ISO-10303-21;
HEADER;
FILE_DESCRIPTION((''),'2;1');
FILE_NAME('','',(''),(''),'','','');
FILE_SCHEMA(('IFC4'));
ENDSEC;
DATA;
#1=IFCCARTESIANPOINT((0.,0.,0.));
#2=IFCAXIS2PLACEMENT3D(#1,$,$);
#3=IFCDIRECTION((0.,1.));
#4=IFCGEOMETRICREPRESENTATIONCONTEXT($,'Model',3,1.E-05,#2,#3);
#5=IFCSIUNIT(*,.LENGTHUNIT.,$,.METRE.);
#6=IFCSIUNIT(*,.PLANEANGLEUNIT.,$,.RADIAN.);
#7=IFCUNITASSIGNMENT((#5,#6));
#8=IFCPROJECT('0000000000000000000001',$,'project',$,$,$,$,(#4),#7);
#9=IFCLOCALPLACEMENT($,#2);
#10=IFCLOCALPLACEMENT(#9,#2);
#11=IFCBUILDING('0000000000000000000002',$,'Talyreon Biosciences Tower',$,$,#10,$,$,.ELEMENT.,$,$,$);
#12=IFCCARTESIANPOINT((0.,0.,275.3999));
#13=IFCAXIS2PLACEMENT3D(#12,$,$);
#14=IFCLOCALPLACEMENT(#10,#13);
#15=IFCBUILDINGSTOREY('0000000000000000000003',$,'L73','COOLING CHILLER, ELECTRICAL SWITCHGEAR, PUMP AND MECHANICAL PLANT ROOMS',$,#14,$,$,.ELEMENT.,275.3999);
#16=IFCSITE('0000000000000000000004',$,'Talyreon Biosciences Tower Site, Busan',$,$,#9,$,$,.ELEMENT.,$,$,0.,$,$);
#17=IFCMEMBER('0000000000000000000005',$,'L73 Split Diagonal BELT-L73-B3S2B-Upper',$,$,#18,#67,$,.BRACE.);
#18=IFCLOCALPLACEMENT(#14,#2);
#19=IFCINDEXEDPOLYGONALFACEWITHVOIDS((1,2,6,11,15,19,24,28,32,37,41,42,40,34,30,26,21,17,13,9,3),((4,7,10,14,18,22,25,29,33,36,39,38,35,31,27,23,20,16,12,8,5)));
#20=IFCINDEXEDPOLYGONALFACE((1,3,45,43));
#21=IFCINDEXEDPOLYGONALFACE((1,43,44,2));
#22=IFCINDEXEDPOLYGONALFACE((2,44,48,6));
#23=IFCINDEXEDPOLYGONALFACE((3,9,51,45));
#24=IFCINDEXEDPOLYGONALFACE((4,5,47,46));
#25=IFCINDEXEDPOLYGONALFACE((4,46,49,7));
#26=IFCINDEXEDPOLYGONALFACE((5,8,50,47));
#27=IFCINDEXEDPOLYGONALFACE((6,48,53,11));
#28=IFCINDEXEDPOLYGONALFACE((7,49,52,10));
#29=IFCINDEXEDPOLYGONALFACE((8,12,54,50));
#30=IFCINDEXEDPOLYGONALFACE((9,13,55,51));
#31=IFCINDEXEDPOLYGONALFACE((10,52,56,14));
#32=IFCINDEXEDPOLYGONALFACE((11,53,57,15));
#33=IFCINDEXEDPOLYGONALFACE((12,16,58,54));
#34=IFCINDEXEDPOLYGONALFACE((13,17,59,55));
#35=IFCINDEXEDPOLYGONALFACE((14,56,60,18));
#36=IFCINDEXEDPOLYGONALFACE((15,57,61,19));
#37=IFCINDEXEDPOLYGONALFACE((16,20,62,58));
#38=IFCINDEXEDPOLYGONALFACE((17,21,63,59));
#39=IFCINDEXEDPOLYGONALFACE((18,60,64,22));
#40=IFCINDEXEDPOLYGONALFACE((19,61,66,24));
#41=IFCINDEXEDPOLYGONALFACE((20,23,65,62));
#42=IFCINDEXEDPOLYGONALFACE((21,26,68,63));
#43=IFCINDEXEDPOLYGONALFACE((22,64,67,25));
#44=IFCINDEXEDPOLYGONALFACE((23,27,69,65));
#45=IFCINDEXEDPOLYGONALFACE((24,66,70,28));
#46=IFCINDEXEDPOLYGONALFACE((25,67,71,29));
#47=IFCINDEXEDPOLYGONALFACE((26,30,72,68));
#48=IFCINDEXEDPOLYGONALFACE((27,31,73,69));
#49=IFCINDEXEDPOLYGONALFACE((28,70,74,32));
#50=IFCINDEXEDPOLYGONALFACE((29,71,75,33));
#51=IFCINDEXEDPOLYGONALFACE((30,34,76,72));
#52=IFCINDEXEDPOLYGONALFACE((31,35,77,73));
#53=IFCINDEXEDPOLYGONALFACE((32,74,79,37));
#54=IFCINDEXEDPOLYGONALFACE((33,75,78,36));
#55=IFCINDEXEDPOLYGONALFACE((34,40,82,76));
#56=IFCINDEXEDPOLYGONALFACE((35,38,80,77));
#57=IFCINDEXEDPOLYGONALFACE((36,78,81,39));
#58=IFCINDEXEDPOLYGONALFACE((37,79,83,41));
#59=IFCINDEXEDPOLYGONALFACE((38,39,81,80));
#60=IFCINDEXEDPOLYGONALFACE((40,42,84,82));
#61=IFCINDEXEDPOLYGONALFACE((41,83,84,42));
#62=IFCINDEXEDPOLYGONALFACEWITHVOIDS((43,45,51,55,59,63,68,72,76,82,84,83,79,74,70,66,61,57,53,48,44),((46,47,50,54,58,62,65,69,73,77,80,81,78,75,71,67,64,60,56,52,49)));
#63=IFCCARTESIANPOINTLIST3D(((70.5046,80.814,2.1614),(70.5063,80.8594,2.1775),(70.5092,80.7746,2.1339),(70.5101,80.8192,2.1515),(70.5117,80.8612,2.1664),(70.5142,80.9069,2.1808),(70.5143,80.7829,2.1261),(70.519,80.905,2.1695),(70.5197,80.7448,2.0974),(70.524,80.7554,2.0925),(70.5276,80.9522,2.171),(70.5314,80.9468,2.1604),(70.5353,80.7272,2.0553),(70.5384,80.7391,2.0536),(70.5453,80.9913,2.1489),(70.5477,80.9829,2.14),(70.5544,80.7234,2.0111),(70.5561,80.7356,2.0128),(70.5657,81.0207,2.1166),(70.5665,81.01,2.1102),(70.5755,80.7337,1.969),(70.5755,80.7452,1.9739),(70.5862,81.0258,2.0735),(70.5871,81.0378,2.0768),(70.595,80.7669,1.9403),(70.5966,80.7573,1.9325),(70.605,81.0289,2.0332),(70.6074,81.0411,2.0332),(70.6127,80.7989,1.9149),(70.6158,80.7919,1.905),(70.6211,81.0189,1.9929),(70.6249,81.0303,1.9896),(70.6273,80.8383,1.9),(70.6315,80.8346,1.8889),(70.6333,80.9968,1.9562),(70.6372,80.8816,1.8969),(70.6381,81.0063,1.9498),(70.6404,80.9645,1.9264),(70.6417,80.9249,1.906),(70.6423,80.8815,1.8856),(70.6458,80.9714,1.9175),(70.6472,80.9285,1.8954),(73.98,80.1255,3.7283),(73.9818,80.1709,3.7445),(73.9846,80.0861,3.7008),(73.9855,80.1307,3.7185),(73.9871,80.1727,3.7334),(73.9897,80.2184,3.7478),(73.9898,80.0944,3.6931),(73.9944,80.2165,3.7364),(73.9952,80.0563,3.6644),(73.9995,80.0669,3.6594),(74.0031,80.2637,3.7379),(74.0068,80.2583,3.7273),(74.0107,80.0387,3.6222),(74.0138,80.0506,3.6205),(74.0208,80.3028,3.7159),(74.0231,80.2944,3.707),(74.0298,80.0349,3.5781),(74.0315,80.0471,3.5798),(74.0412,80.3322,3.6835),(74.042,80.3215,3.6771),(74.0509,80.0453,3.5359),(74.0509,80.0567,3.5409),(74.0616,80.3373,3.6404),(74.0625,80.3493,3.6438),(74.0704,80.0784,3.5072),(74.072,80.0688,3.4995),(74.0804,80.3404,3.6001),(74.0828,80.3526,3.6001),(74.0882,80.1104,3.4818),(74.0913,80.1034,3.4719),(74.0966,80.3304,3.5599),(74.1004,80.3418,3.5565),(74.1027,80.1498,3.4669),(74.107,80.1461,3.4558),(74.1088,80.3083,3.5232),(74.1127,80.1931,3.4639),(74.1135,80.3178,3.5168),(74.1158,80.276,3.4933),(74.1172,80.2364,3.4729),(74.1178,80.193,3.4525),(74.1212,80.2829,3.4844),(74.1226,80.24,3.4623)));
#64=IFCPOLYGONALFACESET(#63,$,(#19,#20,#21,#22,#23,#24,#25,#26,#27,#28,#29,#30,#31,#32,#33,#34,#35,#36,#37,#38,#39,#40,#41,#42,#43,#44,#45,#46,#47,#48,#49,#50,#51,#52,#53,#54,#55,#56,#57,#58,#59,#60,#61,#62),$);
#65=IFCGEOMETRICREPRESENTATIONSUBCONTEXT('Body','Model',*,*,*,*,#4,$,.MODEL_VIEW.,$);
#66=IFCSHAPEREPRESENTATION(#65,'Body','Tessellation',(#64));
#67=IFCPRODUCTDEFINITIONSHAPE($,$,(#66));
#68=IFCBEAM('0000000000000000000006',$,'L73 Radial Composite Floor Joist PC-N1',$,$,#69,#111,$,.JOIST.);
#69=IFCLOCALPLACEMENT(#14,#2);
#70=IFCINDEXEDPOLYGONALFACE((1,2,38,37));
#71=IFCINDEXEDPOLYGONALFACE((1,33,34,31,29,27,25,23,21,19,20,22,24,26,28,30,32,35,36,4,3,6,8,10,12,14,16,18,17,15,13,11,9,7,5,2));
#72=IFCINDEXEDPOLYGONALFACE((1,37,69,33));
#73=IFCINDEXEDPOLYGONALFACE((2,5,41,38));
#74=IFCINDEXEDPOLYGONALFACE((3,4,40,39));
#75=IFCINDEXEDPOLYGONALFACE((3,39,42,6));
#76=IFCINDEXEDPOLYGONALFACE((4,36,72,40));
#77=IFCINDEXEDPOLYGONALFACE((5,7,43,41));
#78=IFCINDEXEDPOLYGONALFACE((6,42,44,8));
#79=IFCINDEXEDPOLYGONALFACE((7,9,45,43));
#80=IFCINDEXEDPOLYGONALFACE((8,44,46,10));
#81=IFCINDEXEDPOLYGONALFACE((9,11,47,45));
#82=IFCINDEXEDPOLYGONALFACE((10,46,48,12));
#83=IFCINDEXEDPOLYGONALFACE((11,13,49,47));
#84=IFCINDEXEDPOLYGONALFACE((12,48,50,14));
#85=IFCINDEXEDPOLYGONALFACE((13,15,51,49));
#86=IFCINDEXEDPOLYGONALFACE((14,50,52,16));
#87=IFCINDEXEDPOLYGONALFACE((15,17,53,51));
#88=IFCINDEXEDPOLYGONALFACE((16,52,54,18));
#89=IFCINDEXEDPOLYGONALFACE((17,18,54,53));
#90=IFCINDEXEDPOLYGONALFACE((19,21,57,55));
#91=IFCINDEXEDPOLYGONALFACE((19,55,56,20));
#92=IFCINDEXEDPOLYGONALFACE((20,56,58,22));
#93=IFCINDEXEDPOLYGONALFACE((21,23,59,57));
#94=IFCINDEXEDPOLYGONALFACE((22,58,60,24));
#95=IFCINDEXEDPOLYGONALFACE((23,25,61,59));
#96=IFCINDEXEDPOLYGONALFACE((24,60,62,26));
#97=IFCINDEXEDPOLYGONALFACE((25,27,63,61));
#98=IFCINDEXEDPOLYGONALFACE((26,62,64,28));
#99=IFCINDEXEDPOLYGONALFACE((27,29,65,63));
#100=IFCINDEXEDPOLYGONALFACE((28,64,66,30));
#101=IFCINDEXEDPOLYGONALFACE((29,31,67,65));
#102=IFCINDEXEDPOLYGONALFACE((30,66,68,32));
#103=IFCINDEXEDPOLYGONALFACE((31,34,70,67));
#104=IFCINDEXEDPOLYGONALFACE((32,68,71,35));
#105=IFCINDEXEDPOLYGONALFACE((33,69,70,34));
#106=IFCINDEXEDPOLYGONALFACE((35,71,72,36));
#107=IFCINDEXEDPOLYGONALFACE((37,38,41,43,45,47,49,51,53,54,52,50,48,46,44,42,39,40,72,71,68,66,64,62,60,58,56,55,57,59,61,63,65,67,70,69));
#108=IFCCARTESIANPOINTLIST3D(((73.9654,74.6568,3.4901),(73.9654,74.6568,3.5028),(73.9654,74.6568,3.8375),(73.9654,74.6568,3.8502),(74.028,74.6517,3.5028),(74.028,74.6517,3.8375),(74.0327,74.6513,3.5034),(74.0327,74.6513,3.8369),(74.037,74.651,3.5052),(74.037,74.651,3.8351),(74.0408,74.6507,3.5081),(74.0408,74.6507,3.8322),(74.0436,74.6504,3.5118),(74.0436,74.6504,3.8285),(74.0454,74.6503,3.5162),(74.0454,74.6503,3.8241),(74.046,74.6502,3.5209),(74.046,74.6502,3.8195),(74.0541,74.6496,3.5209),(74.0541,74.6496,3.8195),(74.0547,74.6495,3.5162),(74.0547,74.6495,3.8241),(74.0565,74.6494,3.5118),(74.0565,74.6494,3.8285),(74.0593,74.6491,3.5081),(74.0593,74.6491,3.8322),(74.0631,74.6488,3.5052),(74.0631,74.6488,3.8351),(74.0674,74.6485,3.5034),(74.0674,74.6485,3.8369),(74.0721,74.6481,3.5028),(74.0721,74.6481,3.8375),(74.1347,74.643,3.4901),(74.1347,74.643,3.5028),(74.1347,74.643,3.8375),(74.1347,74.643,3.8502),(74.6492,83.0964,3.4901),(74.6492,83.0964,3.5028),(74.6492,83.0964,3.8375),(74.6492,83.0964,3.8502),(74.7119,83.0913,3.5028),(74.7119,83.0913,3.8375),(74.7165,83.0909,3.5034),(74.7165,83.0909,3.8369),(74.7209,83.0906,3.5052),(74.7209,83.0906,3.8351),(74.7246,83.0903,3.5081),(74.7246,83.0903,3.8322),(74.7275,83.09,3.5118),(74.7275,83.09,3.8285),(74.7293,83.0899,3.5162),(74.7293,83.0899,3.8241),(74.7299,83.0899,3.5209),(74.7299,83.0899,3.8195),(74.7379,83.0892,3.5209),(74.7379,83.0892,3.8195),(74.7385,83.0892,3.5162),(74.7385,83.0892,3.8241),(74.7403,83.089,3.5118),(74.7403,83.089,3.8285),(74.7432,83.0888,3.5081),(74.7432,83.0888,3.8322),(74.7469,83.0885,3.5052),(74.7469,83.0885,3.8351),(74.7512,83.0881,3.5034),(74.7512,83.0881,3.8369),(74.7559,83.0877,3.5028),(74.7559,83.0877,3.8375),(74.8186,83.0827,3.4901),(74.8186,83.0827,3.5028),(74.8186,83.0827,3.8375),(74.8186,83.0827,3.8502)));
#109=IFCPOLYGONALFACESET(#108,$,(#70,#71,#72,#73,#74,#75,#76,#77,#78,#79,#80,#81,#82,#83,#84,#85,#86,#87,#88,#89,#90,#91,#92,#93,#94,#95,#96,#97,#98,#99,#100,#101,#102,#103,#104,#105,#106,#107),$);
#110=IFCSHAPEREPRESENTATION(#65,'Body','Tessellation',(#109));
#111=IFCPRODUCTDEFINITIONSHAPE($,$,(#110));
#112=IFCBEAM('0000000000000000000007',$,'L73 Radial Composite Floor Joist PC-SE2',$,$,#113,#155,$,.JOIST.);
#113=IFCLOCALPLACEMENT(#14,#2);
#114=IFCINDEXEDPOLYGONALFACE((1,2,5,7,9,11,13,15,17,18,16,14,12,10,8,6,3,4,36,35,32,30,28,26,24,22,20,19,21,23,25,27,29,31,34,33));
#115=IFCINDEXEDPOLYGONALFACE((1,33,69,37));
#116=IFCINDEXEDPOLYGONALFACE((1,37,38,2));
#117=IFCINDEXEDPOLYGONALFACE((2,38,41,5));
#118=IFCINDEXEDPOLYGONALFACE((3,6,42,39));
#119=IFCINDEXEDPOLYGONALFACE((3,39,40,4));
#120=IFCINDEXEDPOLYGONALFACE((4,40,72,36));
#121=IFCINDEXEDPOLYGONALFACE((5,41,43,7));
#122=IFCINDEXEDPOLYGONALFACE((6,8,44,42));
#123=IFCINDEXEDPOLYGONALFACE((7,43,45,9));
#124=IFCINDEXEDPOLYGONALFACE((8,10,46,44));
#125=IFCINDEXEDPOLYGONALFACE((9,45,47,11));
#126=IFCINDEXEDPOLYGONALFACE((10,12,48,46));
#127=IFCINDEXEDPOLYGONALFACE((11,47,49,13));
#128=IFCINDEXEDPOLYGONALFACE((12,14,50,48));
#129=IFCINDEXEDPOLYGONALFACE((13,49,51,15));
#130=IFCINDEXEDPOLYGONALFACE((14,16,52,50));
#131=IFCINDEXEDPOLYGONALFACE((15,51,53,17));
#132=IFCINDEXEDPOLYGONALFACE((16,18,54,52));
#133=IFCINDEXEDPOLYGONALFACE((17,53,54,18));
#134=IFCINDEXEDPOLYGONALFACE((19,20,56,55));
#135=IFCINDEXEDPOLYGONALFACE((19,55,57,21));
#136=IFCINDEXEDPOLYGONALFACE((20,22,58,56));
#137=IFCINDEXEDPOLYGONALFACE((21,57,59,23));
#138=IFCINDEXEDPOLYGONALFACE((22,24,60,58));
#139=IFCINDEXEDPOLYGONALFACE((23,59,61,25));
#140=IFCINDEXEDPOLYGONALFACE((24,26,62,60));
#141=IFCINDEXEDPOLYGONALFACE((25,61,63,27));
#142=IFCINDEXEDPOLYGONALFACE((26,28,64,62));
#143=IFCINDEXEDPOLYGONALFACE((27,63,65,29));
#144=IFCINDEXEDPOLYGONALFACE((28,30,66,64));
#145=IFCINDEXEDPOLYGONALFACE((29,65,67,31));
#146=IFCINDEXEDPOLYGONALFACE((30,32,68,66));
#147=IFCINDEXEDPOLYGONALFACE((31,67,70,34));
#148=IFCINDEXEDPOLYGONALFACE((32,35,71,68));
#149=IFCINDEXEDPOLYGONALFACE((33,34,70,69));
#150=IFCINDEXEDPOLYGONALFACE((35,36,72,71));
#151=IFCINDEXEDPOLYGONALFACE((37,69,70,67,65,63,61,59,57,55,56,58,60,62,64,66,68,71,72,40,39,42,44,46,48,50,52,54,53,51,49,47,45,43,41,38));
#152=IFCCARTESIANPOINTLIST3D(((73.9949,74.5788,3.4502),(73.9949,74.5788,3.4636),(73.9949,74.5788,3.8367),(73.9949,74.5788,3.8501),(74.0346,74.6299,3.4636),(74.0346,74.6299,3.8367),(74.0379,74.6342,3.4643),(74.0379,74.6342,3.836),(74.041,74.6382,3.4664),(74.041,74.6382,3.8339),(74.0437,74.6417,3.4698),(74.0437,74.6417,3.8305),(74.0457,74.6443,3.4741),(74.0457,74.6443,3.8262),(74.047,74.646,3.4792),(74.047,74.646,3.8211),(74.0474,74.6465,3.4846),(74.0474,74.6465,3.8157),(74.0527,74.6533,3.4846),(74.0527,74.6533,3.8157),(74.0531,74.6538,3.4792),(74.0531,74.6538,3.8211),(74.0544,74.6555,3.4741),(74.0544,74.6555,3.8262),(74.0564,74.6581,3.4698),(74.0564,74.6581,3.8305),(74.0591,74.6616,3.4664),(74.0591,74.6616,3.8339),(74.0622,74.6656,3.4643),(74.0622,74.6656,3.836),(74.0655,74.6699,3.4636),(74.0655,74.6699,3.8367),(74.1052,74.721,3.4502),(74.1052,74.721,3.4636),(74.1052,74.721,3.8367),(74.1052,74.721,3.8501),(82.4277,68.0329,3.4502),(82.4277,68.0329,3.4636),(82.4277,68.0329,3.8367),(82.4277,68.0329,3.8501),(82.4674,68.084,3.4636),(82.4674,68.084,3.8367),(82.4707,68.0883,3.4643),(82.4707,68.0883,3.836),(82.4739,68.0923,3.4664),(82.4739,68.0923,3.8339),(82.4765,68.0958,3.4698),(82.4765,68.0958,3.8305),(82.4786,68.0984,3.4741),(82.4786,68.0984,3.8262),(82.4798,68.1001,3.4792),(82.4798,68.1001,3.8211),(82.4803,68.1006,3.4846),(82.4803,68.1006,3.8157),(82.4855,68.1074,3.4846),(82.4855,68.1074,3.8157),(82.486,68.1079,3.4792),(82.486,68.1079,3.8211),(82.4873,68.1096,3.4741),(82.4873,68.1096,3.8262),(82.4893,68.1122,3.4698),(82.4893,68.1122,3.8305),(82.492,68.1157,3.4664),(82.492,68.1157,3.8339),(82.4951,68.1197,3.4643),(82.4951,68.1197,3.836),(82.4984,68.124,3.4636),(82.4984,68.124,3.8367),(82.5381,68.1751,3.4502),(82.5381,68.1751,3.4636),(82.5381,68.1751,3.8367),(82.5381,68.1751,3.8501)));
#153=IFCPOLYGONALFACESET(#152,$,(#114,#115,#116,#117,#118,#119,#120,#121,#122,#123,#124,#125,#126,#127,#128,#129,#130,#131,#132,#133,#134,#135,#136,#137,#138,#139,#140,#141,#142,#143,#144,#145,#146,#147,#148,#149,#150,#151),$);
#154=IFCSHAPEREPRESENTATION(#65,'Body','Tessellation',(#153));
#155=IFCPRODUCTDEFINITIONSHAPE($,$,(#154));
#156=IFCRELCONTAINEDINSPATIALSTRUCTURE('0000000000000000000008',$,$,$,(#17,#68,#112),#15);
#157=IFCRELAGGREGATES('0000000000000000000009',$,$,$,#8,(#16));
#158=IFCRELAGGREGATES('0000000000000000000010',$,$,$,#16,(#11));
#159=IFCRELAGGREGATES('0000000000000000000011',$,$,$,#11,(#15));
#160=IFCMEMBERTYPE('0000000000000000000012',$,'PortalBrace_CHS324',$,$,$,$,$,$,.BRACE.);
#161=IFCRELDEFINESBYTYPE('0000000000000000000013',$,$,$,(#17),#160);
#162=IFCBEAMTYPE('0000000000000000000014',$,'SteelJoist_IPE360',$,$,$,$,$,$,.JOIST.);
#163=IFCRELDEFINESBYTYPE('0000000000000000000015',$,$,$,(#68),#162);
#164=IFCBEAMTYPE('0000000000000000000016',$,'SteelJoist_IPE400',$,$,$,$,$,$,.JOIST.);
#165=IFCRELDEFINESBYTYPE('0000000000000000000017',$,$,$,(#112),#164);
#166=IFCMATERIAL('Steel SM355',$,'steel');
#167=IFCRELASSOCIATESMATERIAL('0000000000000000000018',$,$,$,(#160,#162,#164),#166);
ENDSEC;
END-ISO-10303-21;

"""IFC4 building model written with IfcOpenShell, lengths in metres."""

from ifc_helpers import new_model, si_unit, direction, frame, origin, origin_2d, place, context, subcontext, project, spatial, hollow_circle, i_section, extrude, material, material_profile, profile_set, type_object, element, save


model = new_model("IFC4")

# Units and contexts
model_context = context("Model", 3, precision=1e-05, world=origin(), true_north=direction((0.0, 1.0)))
body_context = subcontext(model_context, "Body", "Model", "MODEL_VIEW")
ifc_project = project(units=[si_unit("LENGTHUNIT", "METRE"), si_unit("PLANEANGLEUNIT", "RADIAN")], contexts=[model_context])

# Site, building, storey
site_placement = place(None, origin())
site = spatial("IfcSite", under=ifc_project, at=site_placement, Name="Talyreon Biosciences Tower Site, Busan", CompositionType="ELEMENT", RefElevation=0.0)
building_placement = place(site_placement, origin())
building = spatial("IfcBuilding", under=site, at=building_placement, Name="Talyreon Biosciences Tower", CompositionType="ELEMENT")
storey_placement = place(building_placement, frame((0.0, 0.0, 275.3999)))
storey = spatial("IfcBuildingStorey", under=building, at=storey_placement, Name="L73", Description="COOLING CHILLER, ELECTRICAL SWITCHGEAR, PUMP AND MECHANICAL PLANT ROOMS", CompositionType="ELEMENT", Elevation=275.3999)

# Shared definitions
ifc_material_1 = material(Name="Steel SM355", Category="steel")

# Member
ifc_material_profile_1 = material_profile(ifc_material_1, hollow_circle(Radius=0.1619, WallThickness=0.0125, at=origin_2d()), Name="CHS 323.9x12.5")
ifc_profile_set_1 = profile_set([ifc_material_profile_1], Name="Steel SM355")
member_type_1 = type_object("IfcMemberType", Name="PortalBrace_CHS324", PredefinedType="BRACE", material=ifc_profile_set_1)
member_1_placement = place(storey_placement, frame((70.5759, 80.8823, 2.0332), z_axis=(0.897115, -0.177721, 0.404474), x_axis=(0.194327, 0.980937, 0.0)))
element("IfcMember", 1, at=member_1_placement, inside=storey, type_object=member_type_1, Name="L73 Split Diagonal BELT-L73-B3S2B-Upper", PredefinedType="BRACE", context=body_context, shape_type="SweptSolid", body=[
    extrude(hollow_circle(Radius=0.1619, WallThickness=0.0125, at=origin_2d()), origin(), (0.0, 0.0, 1.0), 3.874),
])

# Beams
ifc_material_profile_2 = material_profile(ifc_material_1, i_section(OverallWidth=0.1699, OverallDepth=0.3601, WebThickness=0.0081, FlangeThickness=0.0127, FilletRadius=0.0181, at=origin_2d()), Name="IPE360")
ifc_profile_set_2 = profile_set([ifc_material_profile_2], Name="Steel SM355")
beam_type_1 = type_object("IfcBeamType", Name="SteelJoist_IPE360", PredefinedType="JOIST", material=ifc_profile_set_2)
beam_1_placement = place(storey_placement, frame((74.05, 74.6499, 3.6702), z_axis=(0.080762, 0.996733, 0.0), x_axis=(-0.996733, 0.080762, 0.0)))
element("IfcBeam", 2, at=beam_1_placement, inside=storey, type_object=beam_type_1, Name="L73 Radial Composite Floor Joist PC-N1", PredefinedType="JOIST", context=body_context, shape_type="SweptSolid", body=[
    extrude(i_section(OverallWidth=0.1699, OverallDepth=0.3601, WebThickness=0.0081, FlangeThickness=0.0127, FilletRadius=0.0181, at=origin_2d()), origin(), (0.0, 0.0, 1.0), 8.4673),
])
ifc_material_profile_3 = material_profile(ifc_material_1, i_section(OverallWidth=0.1799, OverallDepth=0.3999, WebThickness=0.0085, FlangeThickness=0.0134, FilletRadius=0.021, at=origin_2d()), Name="IPE400")
ifc_profile_set_3 = profile_set([ifc_material_profile_3], Name="Steel SM355")
beam_type_2 = type_object("IfcBeamType", Name="SteelJoist_IPE400", PredefinedType="JOIST", material=ifc_profile_set_3)
beam_2_placement = place(storey_placement, frame((74.05, 74.6499, 3.6501), z_axis=(0.789942, -0.613182, 0.0), x_axis=(0.613182, 0.789942, 0.0)))
element("IfcBeam", 3, at=beam_2_placement, inside=storey, type_object=beam_type_2, Name="L73 Radial Composite Floor Joist PC-SE2", PredefinedType="JOIST", context=body_context, shape_type="SweptSolid", body=[
    extrude(i_section(OverallWidth=0.1799, OverallDepth=0.3999, WebThickness=0.0085, FlangeThickness=0.0134, FilletRadius=0.021, at=origin_2d()), origin(), (0.0, 0.0, 1.0), 10.6753),
])

save(model, "model.ifc")
